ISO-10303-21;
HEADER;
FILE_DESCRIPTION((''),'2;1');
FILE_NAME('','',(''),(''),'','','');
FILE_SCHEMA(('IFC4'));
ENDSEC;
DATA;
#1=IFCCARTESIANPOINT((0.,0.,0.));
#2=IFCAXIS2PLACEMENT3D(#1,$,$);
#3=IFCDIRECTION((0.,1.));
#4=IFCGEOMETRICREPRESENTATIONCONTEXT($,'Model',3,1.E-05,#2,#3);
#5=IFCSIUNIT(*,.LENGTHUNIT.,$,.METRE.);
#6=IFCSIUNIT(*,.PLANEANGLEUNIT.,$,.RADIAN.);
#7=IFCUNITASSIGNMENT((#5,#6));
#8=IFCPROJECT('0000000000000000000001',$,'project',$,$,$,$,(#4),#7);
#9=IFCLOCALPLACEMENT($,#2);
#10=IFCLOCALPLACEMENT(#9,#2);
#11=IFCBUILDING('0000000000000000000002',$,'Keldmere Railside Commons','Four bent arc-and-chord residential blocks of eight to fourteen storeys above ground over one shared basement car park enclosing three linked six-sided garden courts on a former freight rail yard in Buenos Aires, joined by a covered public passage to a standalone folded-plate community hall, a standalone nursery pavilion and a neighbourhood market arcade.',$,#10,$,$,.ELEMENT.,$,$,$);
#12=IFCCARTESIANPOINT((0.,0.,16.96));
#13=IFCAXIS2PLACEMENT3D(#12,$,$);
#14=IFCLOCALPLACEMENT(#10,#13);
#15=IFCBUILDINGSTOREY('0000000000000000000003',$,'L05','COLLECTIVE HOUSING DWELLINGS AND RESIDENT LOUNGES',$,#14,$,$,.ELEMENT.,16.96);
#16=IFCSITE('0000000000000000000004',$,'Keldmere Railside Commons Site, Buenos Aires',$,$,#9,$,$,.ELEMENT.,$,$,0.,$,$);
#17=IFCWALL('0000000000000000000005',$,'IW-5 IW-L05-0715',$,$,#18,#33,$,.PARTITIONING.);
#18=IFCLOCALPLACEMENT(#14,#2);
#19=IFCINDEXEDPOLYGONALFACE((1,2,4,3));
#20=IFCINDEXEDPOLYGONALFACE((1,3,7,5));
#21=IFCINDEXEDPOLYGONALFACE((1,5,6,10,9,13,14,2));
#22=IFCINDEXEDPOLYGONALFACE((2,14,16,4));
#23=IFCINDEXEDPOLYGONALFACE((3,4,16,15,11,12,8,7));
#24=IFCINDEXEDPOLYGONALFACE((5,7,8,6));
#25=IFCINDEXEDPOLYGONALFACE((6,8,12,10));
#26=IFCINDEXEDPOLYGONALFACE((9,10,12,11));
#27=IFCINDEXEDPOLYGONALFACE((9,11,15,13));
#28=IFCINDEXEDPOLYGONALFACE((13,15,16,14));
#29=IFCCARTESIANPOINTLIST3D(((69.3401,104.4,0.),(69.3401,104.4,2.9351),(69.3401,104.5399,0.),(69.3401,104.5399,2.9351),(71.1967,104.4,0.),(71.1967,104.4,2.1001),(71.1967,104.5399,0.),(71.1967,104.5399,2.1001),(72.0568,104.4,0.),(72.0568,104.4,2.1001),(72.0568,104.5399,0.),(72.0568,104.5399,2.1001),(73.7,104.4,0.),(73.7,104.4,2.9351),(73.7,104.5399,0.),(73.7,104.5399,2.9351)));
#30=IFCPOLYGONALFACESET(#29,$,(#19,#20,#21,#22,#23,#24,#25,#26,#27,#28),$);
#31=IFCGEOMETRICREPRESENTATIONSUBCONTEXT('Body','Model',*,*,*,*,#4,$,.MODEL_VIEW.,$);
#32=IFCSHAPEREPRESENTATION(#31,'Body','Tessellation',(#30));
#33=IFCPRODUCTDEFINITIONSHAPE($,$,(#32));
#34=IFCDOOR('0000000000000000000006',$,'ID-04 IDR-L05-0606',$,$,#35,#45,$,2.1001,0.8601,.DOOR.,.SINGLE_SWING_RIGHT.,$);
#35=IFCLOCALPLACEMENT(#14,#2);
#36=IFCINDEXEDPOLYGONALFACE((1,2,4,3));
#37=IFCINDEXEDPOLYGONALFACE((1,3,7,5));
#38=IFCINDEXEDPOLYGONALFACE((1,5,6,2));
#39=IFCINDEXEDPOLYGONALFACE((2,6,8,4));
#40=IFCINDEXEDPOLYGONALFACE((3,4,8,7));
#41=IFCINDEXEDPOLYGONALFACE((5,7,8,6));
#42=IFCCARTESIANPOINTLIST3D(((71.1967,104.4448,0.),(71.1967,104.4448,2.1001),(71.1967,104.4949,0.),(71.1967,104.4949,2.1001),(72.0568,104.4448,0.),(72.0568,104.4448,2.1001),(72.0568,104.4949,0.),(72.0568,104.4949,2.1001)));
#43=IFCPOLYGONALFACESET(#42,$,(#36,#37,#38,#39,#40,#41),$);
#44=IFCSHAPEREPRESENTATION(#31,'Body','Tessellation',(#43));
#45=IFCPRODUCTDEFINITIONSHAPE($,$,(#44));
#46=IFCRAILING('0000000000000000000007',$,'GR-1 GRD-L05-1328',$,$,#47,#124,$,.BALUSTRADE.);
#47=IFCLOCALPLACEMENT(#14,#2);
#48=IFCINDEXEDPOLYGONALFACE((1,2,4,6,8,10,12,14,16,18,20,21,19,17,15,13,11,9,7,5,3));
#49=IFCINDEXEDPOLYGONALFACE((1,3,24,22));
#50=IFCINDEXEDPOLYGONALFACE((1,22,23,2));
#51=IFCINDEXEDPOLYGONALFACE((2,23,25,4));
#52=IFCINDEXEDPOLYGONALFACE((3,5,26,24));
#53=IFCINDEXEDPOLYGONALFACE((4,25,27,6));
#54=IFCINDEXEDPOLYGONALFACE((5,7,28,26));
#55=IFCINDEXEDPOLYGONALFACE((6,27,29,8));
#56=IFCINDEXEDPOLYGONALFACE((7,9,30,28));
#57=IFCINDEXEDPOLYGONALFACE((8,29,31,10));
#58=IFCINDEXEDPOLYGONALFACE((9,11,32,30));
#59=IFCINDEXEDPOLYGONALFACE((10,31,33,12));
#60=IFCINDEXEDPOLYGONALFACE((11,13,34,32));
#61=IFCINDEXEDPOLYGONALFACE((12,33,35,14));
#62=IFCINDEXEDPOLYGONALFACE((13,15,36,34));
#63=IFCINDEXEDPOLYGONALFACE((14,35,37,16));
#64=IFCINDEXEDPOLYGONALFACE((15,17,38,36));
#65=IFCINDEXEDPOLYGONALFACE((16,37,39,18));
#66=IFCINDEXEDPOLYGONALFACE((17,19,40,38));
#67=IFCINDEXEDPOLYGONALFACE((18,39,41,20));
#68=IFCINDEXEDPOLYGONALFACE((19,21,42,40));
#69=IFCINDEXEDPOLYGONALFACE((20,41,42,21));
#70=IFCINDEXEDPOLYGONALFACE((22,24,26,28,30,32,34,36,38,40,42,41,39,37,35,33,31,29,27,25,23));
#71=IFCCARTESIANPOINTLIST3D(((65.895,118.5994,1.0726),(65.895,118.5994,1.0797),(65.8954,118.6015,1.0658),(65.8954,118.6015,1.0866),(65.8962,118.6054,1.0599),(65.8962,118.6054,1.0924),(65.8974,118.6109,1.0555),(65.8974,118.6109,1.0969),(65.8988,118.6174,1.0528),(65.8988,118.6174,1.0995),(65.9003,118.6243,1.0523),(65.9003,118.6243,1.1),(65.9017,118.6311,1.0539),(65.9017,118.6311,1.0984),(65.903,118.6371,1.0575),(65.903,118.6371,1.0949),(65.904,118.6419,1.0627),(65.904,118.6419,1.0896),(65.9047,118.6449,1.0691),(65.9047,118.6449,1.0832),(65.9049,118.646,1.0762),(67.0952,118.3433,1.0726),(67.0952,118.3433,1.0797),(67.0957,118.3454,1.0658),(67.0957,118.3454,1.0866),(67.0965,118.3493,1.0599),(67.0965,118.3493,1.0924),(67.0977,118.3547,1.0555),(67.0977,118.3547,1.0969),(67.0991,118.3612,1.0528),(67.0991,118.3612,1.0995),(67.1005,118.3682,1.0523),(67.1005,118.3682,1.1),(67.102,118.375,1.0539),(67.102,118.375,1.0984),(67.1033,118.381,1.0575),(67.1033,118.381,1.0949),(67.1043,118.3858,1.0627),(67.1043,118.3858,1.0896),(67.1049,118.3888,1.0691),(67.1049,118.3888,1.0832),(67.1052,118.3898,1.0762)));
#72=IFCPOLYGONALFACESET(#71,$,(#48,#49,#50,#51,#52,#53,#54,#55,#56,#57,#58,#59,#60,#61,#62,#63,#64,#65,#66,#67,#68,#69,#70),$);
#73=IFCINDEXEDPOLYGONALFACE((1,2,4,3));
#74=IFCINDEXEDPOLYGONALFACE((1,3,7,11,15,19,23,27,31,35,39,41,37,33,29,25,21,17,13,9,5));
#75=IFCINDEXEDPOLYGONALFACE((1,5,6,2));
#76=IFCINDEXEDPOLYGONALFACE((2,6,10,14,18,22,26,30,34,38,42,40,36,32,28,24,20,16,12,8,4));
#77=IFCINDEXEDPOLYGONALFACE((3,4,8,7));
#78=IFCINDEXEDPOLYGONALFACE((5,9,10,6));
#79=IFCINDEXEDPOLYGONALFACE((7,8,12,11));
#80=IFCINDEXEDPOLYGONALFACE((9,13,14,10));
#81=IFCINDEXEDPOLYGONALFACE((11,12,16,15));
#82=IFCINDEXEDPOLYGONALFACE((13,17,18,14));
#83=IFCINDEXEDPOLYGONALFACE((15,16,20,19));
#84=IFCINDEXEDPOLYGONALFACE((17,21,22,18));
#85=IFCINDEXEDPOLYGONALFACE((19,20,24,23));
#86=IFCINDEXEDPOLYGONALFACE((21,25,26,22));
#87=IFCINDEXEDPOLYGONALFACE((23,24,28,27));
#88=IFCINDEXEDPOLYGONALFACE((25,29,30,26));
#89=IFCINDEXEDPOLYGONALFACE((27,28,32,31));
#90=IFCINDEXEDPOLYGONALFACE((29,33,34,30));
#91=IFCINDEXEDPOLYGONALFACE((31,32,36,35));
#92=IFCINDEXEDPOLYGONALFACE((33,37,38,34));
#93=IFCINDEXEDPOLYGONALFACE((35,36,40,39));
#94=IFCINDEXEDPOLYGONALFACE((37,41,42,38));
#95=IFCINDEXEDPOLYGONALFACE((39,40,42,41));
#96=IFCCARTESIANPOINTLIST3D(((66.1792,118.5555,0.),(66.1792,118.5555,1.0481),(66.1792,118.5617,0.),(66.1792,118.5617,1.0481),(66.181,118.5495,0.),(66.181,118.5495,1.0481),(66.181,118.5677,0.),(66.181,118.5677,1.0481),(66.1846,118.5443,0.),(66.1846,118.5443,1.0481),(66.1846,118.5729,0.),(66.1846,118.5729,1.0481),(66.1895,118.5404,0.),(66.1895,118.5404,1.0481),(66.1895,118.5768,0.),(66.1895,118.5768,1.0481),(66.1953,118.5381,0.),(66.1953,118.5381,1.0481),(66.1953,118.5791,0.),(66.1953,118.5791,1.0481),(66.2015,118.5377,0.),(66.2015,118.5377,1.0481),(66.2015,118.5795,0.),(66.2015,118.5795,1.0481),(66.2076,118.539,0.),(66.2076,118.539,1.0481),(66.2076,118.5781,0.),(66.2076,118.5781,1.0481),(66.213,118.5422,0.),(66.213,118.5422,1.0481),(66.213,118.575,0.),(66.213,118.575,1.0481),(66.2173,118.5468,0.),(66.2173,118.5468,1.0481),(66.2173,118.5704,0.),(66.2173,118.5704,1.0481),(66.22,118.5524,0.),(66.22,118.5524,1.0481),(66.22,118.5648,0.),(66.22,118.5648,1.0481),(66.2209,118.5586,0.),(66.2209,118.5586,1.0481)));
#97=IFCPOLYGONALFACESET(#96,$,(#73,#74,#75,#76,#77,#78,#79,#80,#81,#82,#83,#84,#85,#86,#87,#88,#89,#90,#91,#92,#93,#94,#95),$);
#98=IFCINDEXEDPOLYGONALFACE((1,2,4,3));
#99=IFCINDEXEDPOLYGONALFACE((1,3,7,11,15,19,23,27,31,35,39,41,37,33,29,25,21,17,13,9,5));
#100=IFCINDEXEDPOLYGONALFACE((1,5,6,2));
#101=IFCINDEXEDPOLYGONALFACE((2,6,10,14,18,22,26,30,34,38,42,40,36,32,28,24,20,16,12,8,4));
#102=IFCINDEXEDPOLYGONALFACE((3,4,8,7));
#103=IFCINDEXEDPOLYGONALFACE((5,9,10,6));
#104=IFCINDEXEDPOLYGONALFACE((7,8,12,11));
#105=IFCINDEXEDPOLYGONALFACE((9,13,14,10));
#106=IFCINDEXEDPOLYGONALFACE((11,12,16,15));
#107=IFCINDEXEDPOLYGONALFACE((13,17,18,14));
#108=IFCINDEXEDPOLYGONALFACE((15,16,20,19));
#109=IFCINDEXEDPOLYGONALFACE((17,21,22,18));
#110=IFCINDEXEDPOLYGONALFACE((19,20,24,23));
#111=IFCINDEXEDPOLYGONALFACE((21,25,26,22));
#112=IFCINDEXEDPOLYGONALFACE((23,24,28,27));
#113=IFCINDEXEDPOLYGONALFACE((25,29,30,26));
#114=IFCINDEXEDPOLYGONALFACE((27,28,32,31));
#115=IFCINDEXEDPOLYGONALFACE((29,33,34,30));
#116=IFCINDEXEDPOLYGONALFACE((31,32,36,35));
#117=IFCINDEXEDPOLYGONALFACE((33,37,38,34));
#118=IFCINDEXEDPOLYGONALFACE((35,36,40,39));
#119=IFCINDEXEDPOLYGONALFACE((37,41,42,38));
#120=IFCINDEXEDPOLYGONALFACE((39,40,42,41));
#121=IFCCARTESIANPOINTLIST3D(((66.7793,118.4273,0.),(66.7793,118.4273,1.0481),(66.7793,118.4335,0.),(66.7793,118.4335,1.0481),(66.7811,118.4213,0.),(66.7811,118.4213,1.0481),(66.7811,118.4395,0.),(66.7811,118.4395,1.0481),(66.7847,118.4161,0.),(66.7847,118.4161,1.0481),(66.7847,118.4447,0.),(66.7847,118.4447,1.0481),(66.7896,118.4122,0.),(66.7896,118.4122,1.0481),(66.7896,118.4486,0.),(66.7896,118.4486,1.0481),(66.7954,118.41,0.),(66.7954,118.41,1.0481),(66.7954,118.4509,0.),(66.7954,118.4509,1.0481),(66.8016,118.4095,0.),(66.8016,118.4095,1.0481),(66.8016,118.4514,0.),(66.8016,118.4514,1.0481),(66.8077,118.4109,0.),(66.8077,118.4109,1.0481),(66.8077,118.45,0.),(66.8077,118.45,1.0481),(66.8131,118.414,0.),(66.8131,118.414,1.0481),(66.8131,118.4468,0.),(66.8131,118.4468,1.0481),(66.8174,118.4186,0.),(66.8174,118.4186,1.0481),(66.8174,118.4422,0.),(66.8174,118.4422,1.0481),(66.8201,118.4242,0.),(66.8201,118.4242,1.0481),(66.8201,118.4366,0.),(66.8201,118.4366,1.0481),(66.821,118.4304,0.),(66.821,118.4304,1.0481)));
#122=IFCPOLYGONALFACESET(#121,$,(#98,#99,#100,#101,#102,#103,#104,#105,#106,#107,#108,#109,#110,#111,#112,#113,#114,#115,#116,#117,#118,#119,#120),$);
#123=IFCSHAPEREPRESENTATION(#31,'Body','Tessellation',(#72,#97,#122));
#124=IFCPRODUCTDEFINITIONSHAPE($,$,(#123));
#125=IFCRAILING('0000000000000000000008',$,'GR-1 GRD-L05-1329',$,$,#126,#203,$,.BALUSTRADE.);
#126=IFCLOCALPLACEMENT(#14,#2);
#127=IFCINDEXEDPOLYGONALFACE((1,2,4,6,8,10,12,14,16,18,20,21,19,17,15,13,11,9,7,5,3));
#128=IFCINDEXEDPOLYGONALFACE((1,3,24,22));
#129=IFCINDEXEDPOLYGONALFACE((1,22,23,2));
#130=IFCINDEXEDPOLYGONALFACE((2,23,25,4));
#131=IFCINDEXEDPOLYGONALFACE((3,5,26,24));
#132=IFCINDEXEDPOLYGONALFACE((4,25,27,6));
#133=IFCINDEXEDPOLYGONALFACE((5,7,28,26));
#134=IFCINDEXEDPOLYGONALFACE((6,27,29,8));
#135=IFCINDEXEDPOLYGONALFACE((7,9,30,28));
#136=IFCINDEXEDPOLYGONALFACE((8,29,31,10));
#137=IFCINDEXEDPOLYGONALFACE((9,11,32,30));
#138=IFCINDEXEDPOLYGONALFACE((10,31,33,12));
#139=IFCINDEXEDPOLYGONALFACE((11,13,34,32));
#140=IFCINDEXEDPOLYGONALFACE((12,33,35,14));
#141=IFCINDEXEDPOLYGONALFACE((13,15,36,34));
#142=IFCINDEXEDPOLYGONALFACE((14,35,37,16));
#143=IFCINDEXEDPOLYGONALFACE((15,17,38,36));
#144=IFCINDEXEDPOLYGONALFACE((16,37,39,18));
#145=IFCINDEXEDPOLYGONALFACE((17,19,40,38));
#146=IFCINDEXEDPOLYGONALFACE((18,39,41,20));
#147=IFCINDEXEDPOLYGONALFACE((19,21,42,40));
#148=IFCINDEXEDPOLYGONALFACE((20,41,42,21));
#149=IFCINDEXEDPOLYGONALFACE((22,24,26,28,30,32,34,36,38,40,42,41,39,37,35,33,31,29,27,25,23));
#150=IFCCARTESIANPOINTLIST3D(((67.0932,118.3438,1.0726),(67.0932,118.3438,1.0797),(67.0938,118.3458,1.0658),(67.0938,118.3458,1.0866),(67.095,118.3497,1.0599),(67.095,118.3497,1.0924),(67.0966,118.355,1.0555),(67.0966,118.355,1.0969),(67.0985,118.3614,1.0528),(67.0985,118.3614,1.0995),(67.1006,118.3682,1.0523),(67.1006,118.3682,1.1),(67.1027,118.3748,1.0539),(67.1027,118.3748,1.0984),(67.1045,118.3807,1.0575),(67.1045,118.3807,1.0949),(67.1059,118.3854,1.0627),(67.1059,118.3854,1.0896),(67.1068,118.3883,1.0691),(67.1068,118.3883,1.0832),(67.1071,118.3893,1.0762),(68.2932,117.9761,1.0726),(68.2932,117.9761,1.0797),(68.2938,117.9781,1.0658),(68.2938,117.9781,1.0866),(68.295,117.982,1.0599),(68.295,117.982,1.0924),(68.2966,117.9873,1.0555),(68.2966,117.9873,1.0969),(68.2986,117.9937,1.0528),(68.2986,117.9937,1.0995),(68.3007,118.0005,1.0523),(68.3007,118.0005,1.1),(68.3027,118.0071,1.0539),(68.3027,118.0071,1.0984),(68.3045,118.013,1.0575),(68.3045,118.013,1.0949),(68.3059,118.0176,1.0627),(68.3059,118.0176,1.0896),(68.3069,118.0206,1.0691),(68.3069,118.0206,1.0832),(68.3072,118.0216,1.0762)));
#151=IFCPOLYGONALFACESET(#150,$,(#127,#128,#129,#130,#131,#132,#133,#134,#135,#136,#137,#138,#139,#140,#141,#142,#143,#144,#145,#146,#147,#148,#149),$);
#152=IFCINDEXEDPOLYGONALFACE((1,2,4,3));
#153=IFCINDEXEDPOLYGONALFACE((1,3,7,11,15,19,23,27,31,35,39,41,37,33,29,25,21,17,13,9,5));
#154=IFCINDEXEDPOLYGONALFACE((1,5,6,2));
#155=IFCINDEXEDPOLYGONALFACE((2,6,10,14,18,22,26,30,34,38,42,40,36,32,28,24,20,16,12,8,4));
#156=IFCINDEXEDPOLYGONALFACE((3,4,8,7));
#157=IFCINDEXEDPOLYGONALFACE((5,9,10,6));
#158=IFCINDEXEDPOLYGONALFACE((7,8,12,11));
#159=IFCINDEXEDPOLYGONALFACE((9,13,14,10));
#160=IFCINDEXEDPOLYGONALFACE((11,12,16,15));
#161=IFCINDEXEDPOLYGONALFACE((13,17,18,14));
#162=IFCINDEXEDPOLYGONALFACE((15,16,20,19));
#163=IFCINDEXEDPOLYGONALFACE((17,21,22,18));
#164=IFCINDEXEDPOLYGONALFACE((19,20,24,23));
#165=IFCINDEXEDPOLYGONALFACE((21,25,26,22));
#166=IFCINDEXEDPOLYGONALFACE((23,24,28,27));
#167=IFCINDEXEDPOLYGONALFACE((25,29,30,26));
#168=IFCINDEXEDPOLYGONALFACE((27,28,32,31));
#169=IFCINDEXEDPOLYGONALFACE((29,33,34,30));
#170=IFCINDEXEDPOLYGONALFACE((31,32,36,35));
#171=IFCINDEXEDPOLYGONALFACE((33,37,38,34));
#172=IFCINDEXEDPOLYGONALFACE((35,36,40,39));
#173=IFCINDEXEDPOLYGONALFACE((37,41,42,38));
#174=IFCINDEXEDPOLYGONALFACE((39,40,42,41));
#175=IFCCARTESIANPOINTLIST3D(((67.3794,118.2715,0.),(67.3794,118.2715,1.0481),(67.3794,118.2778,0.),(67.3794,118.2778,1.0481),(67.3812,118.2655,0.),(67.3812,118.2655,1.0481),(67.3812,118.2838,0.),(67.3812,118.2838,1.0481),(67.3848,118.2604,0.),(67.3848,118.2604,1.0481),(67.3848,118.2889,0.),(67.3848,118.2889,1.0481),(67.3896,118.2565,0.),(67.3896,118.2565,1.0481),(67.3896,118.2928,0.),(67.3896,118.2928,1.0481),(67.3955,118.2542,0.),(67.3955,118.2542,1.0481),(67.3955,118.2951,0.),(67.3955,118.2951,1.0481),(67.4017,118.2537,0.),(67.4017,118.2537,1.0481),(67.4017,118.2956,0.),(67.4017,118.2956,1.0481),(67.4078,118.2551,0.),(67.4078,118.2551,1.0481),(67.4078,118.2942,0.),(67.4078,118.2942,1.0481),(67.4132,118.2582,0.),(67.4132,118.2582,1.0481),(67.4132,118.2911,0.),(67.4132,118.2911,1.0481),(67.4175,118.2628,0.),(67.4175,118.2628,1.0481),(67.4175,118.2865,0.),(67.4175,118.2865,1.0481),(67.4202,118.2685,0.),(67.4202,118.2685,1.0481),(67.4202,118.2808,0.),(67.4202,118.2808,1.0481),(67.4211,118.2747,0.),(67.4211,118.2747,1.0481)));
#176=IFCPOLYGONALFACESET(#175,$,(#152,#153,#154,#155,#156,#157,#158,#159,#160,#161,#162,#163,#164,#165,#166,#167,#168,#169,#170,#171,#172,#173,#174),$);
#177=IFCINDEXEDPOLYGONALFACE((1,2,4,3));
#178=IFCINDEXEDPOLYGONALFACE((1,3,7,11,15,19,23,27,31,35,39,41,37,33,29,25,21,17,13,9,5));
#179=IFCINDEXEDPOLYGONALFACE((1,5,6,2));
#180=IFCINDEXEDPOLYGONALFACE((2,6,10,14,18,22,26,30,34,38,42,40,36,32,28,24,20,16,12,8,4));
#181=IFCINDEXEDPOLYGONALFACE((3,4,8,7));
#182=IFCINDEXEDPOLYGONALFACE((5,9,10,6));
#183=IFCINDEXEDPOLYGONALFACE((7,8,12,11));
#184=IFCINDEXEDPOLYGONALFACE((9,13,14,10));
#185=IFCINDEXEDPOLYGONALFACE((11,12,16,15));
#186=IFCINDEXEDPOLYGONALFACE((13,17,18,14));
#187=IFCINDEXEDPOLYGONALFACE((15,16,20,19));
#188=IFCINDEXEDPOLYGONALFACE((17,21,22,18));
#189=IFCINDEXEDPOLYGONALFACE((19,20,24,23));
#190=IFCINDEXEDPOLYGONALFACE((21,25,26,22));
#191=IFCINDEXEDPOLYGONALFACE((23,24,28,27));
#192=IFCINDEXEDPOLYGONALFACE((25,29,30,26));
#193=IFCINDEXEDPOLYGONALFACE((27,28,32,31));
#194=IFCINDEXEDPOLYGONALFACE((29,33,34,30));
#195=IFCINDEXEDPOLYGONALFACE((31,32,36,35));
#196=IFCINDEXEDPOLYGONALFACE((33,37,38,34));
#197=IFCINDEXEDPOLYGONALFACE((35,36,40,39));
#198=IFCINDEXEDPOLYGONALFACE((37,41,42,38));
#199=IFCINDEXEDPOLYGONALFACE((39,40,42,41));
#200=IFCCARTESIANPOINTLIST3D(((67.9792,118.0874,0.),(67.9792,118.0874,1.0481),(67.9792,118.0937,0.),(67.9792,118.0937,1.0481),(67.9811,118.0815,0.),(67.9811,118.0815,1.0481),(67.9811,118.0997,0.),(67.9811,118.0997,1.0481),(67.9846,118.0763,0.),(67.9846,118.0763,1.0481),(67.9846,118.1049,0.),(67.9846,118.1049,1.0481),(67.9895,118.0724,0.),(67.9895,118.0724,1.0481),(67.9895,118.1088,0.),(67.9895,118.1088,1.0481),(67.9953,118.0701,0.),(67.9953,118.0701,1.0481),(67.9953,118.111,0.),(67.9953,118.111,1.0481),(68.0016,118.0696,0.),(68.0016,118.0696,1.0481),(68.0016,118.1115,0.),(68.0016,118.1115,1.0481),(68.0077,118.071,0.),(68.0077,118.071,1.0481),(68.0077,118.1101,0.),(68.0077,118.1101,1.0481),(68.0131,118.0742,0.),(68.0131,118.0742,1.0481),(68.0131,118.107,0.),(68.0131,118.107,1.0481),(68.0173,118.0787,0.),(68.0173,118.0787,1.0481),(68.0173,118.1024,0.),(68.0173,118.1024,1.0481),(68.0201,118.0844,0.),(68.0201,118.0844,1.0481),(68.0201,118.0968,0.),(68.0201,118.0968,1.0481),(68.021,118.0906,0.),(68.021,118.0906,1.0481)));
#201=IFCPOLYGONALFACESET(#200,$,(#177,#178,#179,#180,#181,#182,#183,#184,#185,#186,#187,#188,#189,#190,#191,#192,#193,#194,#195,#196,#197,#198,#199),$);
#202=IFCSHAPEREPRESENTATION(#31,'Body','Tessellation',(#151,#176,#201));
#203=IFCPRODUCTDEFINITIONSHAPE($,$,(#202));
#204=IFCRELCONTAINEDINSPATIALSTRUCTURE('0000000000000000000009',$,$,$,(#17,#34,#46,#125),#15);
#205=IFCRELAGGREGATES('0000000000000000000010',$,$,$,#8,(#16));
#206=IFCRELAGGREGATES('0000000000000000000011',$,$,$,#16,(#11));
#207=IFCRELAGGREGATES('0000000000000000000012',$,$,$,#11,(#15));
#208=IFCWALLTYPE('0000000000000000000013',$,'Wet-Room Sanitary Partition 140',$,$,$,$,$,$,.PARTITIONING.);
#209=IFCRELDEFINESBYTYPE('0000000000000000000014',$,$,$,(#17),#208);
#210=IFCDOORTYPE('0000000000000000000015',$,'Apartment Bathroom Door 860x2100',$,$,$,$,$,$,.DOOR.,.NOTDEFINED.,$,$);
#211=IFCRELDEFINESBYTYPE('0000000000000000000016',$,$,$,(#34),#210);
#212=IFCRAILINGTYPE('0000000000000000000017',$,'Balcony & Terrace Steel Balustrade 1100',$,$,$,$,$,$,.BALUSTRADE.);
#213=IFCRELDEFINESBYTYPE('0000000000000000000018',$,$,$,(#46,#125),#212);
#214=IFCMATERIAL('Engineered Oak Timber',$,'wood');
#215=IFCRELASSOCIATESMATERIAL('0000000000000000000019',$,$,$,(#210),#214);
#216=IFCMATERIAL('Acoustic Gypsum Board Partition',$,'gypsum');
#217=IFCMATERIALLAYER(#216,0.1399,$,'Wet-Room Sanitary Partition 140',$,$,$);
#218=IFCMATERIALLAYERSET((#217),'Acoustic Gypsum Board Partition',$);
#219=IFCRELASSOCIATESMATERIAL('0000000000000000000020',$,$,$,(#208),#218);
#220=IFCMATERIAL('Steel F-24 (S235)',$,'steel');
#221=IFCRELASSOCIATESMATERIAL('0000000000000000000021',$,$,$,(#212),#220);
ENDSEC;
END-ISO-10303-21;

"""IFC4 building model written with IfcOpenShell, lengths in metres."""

from ifc_helpers import new_model, si_unit, direction, frame, frame_2d, origin, origin_2d, place, context, subcontext, project, spatial, rectangle, circle, extrude, material, layer, layer_set, type_object, element, fill, save


model = new_model("IFC4")

# Units and contexts
model_context = context("Model", 3, precision=1e-05, world=origin(), true_north=direction((0.0, 1.0)))
body_context = subcontext(model_context, "Body", "Model", "MODEL_VIEW")
ifc_project = project(units=[si_unit("LENGTHUNIT", "METRE"), si_unit("PLANEANGLEUNIT", "RADIAN")], contexts=[model_context])

# Site, building, storey
site_placement = place(None, origin())
site = spatial("IfcSite", under=ifc_project, at=site_placement, Name="Keldmere Railside Commons Site, Buenos Aires", CompositionType="ELEMENT", RefElevation=0.0)
building_placement = place(site_placement, origin())
building = spatial("IfcBuilding", under=site, at=building_placement, Name="Keldmere Railside Commons", Description="Four bent arc-and-chord residential blocks of eight to fourteen storeys above ground over one shared basement car park enclosing three linked six-sided garden courts on a former freight rail yard in Buenos Aires, joined by a covered public passage to a standalone folded-plate community hall, a standalone nursery pavilion and a neighbourhood market arcade.", CompositionType="ELEMENT")
storey_placement = place(building_placement, frame((0.0, 0.0, 16.96)))
storey = spatial("IfcBuildingStorey", under=building, at=storey_placement, Name="L05", Description="COLLECTIVE HOUSING DWELLINGS AND RESIDENT LOUNGES", CompositionType="ELEMENT", Elevation=16.96)

# Shared definitions
ifc_material_1 = material(Name="Acoustic Gypsum Board Partition", Category="gypsum")
ifc_material_2 = material(Name="Engineered Oak Timber", Category="wood")
door_type_1 = type_object("IfcDoorType", Name="Apartment Bathroom Door 860x2100", OperationType="NOTDEFINED", PredefinedType="DOOR", material=ifc_material_2)

# Wall, opening, door
ifc_layer_1 = layer(ifc_material_1, 0.1399, Name="Wet-Room Sanitary Partition 140")
ifc_layer_set_1 = layer_set([ifc_layer_1], Name="Acoustic Gypsum Board Partition")
wall_type_1 = type_object("IfcWallType", Name="Wet-Room Sanitary Partition 140", PredefinedType="PARTITIONING", material=ifc_layer_set_1)
wall_1_placement = place(storey_placement, frame((69.3401, 104.47, 0.0), z_axis=(0.0, 0.0, 1.0), x_axis=(1.0, 0.0, 0.0)))
wall_1 = element("IfcWall", 1, at=wall_1_placement, inside=storey, type_object=wall_type_1, Name="IW-5 IW-L05-0715", PredefinedType="PARTITIONING", context=body_context, shape_type="SweptSolid", body=[
    extrude(rectangle(XDim=4.3599, YDim=0.1399, at=frame_2d((2.1799, 0.0))), origin(), (0.0, 0.0, 1.0), 2.9351),
])
opening_1_placement = place(wall_1_placement, frame((1.8564, 0.0, 0.0)))
opening_1 = element("IfcOpeningElement", 2, at=opening_1_placement, cuts=wall_1, PredefinedType="OPENING", context=body_context, shape_type="SweptSolid", body=[
    extrude(rectangle(XDim=0.8601, YDim=2.1001, at=frame_2d((0.4302, 1.05))), frame((0.0, 0.0798, 0.0), z_axis=(0.0, -1.0, 0.0), x_axis=(1.0, 0.0, 0.0)), (0.0, 0.0, 1.0), 0.1599),
])
door_1_placement = place(opening_1_placement, origin())
door_1 = element("IfcDoor", 3, at=door_1_placement, inside=storey, type_object=door_type_1, Name="ID-04 IDR-L05-0606", OperationType="SINGLE_SWING_RIGHT", OverallHeight=2.1001, OverallWidth=0.8601, PredefinedType="DOOR", context=body_context, shape_type="SweptSolid", body=[
    extrude(rectangle(XDim=0.8601, YDim=2.1001, at=frame_2d((0.4302, 1.05))), frame((0.0, 0.0249, 0.0), z_axis=(0.0, -1.0, 0.0), x_axis=(1.0, 0.0, 0.0)), (0.0, 0.0, 1.0), 0.05),
])
fill(opening_1, door_1)

# Railings
ifc_material_3 = material(Name="Steel F-24 (S235)", Category="steel")
railing_type_1 = type_object("IfcRailingType", Name="Balcony & Terrace Steel Balustrade 1100", PredefinedType="BALUSTRADE", material=ifc_material_3)
railing_1_placement = place(storey_placement, frame((65.8999, 118.6226, 0.0)))
element("IfcRailing", 4, at=railing_1_placement, inside=storey, type_object=railing_type_1, Name="GR-1 GRD-L05-1328", PredefinedType="BALUSTRADE", context=body_context, shape_type="SweptSolid", body=[
    extrude(circle(Radius=0.0239, at=origin_2d()), frame((0.0, 0.0, 1.0762), z_axis=(0.977983, -0.208687, 0.0), x_axis=(0.208687, 0.977983, 0.0)), (0.0, 0.0, 1.0), 1.2273),
    extrude(circle(Radius=0.021, at=origin_2d()), frame((0.3, -0.064, 0.0)), (0.0, 0.0, 1.0), 1.0481),
    extrude(circle(Radius=0.021, at=origin_2d()), frame((0.9001, -0.1921, 0.0)), (0.0, 0.0, 1.0), 1.0481),
])
railing_2_placement = place(storey_placement, frame((67.1001, 118.3665, 0.0)))
element("IfcRailing", 5, at=railing_2_placement, inside=storey, type_object=railing_type_1, Name="GR-1 GRD-L05-1329", PredefinedType="BALUSTRADE", context=body_context, shape_type="SweptSolid", body=[
    extrude(circle(Radius=0.0239, at=origin_2d()), frame((0.0, 0.0, 1.0762), z_axis=(0.956123, -0.292965, 0.0), x_axis=(0.292965, 0.956123, 0.0)), (0.0, 0.0, 1.0), 1.2551),
    extrude(circle(Radius=0.021, at=origin_2d()), frame((0.3, -0.0918, 0.0)), (0.0, 0.0, 1.0), 1.0481),
    extrude(circle(Radius=0.021, at=origin_2d()), frame((0.8999, -0.2759, 0.0)), (0.0, 0.0, 1.0), 1.0481),
])

save(model, "model.ifc")
